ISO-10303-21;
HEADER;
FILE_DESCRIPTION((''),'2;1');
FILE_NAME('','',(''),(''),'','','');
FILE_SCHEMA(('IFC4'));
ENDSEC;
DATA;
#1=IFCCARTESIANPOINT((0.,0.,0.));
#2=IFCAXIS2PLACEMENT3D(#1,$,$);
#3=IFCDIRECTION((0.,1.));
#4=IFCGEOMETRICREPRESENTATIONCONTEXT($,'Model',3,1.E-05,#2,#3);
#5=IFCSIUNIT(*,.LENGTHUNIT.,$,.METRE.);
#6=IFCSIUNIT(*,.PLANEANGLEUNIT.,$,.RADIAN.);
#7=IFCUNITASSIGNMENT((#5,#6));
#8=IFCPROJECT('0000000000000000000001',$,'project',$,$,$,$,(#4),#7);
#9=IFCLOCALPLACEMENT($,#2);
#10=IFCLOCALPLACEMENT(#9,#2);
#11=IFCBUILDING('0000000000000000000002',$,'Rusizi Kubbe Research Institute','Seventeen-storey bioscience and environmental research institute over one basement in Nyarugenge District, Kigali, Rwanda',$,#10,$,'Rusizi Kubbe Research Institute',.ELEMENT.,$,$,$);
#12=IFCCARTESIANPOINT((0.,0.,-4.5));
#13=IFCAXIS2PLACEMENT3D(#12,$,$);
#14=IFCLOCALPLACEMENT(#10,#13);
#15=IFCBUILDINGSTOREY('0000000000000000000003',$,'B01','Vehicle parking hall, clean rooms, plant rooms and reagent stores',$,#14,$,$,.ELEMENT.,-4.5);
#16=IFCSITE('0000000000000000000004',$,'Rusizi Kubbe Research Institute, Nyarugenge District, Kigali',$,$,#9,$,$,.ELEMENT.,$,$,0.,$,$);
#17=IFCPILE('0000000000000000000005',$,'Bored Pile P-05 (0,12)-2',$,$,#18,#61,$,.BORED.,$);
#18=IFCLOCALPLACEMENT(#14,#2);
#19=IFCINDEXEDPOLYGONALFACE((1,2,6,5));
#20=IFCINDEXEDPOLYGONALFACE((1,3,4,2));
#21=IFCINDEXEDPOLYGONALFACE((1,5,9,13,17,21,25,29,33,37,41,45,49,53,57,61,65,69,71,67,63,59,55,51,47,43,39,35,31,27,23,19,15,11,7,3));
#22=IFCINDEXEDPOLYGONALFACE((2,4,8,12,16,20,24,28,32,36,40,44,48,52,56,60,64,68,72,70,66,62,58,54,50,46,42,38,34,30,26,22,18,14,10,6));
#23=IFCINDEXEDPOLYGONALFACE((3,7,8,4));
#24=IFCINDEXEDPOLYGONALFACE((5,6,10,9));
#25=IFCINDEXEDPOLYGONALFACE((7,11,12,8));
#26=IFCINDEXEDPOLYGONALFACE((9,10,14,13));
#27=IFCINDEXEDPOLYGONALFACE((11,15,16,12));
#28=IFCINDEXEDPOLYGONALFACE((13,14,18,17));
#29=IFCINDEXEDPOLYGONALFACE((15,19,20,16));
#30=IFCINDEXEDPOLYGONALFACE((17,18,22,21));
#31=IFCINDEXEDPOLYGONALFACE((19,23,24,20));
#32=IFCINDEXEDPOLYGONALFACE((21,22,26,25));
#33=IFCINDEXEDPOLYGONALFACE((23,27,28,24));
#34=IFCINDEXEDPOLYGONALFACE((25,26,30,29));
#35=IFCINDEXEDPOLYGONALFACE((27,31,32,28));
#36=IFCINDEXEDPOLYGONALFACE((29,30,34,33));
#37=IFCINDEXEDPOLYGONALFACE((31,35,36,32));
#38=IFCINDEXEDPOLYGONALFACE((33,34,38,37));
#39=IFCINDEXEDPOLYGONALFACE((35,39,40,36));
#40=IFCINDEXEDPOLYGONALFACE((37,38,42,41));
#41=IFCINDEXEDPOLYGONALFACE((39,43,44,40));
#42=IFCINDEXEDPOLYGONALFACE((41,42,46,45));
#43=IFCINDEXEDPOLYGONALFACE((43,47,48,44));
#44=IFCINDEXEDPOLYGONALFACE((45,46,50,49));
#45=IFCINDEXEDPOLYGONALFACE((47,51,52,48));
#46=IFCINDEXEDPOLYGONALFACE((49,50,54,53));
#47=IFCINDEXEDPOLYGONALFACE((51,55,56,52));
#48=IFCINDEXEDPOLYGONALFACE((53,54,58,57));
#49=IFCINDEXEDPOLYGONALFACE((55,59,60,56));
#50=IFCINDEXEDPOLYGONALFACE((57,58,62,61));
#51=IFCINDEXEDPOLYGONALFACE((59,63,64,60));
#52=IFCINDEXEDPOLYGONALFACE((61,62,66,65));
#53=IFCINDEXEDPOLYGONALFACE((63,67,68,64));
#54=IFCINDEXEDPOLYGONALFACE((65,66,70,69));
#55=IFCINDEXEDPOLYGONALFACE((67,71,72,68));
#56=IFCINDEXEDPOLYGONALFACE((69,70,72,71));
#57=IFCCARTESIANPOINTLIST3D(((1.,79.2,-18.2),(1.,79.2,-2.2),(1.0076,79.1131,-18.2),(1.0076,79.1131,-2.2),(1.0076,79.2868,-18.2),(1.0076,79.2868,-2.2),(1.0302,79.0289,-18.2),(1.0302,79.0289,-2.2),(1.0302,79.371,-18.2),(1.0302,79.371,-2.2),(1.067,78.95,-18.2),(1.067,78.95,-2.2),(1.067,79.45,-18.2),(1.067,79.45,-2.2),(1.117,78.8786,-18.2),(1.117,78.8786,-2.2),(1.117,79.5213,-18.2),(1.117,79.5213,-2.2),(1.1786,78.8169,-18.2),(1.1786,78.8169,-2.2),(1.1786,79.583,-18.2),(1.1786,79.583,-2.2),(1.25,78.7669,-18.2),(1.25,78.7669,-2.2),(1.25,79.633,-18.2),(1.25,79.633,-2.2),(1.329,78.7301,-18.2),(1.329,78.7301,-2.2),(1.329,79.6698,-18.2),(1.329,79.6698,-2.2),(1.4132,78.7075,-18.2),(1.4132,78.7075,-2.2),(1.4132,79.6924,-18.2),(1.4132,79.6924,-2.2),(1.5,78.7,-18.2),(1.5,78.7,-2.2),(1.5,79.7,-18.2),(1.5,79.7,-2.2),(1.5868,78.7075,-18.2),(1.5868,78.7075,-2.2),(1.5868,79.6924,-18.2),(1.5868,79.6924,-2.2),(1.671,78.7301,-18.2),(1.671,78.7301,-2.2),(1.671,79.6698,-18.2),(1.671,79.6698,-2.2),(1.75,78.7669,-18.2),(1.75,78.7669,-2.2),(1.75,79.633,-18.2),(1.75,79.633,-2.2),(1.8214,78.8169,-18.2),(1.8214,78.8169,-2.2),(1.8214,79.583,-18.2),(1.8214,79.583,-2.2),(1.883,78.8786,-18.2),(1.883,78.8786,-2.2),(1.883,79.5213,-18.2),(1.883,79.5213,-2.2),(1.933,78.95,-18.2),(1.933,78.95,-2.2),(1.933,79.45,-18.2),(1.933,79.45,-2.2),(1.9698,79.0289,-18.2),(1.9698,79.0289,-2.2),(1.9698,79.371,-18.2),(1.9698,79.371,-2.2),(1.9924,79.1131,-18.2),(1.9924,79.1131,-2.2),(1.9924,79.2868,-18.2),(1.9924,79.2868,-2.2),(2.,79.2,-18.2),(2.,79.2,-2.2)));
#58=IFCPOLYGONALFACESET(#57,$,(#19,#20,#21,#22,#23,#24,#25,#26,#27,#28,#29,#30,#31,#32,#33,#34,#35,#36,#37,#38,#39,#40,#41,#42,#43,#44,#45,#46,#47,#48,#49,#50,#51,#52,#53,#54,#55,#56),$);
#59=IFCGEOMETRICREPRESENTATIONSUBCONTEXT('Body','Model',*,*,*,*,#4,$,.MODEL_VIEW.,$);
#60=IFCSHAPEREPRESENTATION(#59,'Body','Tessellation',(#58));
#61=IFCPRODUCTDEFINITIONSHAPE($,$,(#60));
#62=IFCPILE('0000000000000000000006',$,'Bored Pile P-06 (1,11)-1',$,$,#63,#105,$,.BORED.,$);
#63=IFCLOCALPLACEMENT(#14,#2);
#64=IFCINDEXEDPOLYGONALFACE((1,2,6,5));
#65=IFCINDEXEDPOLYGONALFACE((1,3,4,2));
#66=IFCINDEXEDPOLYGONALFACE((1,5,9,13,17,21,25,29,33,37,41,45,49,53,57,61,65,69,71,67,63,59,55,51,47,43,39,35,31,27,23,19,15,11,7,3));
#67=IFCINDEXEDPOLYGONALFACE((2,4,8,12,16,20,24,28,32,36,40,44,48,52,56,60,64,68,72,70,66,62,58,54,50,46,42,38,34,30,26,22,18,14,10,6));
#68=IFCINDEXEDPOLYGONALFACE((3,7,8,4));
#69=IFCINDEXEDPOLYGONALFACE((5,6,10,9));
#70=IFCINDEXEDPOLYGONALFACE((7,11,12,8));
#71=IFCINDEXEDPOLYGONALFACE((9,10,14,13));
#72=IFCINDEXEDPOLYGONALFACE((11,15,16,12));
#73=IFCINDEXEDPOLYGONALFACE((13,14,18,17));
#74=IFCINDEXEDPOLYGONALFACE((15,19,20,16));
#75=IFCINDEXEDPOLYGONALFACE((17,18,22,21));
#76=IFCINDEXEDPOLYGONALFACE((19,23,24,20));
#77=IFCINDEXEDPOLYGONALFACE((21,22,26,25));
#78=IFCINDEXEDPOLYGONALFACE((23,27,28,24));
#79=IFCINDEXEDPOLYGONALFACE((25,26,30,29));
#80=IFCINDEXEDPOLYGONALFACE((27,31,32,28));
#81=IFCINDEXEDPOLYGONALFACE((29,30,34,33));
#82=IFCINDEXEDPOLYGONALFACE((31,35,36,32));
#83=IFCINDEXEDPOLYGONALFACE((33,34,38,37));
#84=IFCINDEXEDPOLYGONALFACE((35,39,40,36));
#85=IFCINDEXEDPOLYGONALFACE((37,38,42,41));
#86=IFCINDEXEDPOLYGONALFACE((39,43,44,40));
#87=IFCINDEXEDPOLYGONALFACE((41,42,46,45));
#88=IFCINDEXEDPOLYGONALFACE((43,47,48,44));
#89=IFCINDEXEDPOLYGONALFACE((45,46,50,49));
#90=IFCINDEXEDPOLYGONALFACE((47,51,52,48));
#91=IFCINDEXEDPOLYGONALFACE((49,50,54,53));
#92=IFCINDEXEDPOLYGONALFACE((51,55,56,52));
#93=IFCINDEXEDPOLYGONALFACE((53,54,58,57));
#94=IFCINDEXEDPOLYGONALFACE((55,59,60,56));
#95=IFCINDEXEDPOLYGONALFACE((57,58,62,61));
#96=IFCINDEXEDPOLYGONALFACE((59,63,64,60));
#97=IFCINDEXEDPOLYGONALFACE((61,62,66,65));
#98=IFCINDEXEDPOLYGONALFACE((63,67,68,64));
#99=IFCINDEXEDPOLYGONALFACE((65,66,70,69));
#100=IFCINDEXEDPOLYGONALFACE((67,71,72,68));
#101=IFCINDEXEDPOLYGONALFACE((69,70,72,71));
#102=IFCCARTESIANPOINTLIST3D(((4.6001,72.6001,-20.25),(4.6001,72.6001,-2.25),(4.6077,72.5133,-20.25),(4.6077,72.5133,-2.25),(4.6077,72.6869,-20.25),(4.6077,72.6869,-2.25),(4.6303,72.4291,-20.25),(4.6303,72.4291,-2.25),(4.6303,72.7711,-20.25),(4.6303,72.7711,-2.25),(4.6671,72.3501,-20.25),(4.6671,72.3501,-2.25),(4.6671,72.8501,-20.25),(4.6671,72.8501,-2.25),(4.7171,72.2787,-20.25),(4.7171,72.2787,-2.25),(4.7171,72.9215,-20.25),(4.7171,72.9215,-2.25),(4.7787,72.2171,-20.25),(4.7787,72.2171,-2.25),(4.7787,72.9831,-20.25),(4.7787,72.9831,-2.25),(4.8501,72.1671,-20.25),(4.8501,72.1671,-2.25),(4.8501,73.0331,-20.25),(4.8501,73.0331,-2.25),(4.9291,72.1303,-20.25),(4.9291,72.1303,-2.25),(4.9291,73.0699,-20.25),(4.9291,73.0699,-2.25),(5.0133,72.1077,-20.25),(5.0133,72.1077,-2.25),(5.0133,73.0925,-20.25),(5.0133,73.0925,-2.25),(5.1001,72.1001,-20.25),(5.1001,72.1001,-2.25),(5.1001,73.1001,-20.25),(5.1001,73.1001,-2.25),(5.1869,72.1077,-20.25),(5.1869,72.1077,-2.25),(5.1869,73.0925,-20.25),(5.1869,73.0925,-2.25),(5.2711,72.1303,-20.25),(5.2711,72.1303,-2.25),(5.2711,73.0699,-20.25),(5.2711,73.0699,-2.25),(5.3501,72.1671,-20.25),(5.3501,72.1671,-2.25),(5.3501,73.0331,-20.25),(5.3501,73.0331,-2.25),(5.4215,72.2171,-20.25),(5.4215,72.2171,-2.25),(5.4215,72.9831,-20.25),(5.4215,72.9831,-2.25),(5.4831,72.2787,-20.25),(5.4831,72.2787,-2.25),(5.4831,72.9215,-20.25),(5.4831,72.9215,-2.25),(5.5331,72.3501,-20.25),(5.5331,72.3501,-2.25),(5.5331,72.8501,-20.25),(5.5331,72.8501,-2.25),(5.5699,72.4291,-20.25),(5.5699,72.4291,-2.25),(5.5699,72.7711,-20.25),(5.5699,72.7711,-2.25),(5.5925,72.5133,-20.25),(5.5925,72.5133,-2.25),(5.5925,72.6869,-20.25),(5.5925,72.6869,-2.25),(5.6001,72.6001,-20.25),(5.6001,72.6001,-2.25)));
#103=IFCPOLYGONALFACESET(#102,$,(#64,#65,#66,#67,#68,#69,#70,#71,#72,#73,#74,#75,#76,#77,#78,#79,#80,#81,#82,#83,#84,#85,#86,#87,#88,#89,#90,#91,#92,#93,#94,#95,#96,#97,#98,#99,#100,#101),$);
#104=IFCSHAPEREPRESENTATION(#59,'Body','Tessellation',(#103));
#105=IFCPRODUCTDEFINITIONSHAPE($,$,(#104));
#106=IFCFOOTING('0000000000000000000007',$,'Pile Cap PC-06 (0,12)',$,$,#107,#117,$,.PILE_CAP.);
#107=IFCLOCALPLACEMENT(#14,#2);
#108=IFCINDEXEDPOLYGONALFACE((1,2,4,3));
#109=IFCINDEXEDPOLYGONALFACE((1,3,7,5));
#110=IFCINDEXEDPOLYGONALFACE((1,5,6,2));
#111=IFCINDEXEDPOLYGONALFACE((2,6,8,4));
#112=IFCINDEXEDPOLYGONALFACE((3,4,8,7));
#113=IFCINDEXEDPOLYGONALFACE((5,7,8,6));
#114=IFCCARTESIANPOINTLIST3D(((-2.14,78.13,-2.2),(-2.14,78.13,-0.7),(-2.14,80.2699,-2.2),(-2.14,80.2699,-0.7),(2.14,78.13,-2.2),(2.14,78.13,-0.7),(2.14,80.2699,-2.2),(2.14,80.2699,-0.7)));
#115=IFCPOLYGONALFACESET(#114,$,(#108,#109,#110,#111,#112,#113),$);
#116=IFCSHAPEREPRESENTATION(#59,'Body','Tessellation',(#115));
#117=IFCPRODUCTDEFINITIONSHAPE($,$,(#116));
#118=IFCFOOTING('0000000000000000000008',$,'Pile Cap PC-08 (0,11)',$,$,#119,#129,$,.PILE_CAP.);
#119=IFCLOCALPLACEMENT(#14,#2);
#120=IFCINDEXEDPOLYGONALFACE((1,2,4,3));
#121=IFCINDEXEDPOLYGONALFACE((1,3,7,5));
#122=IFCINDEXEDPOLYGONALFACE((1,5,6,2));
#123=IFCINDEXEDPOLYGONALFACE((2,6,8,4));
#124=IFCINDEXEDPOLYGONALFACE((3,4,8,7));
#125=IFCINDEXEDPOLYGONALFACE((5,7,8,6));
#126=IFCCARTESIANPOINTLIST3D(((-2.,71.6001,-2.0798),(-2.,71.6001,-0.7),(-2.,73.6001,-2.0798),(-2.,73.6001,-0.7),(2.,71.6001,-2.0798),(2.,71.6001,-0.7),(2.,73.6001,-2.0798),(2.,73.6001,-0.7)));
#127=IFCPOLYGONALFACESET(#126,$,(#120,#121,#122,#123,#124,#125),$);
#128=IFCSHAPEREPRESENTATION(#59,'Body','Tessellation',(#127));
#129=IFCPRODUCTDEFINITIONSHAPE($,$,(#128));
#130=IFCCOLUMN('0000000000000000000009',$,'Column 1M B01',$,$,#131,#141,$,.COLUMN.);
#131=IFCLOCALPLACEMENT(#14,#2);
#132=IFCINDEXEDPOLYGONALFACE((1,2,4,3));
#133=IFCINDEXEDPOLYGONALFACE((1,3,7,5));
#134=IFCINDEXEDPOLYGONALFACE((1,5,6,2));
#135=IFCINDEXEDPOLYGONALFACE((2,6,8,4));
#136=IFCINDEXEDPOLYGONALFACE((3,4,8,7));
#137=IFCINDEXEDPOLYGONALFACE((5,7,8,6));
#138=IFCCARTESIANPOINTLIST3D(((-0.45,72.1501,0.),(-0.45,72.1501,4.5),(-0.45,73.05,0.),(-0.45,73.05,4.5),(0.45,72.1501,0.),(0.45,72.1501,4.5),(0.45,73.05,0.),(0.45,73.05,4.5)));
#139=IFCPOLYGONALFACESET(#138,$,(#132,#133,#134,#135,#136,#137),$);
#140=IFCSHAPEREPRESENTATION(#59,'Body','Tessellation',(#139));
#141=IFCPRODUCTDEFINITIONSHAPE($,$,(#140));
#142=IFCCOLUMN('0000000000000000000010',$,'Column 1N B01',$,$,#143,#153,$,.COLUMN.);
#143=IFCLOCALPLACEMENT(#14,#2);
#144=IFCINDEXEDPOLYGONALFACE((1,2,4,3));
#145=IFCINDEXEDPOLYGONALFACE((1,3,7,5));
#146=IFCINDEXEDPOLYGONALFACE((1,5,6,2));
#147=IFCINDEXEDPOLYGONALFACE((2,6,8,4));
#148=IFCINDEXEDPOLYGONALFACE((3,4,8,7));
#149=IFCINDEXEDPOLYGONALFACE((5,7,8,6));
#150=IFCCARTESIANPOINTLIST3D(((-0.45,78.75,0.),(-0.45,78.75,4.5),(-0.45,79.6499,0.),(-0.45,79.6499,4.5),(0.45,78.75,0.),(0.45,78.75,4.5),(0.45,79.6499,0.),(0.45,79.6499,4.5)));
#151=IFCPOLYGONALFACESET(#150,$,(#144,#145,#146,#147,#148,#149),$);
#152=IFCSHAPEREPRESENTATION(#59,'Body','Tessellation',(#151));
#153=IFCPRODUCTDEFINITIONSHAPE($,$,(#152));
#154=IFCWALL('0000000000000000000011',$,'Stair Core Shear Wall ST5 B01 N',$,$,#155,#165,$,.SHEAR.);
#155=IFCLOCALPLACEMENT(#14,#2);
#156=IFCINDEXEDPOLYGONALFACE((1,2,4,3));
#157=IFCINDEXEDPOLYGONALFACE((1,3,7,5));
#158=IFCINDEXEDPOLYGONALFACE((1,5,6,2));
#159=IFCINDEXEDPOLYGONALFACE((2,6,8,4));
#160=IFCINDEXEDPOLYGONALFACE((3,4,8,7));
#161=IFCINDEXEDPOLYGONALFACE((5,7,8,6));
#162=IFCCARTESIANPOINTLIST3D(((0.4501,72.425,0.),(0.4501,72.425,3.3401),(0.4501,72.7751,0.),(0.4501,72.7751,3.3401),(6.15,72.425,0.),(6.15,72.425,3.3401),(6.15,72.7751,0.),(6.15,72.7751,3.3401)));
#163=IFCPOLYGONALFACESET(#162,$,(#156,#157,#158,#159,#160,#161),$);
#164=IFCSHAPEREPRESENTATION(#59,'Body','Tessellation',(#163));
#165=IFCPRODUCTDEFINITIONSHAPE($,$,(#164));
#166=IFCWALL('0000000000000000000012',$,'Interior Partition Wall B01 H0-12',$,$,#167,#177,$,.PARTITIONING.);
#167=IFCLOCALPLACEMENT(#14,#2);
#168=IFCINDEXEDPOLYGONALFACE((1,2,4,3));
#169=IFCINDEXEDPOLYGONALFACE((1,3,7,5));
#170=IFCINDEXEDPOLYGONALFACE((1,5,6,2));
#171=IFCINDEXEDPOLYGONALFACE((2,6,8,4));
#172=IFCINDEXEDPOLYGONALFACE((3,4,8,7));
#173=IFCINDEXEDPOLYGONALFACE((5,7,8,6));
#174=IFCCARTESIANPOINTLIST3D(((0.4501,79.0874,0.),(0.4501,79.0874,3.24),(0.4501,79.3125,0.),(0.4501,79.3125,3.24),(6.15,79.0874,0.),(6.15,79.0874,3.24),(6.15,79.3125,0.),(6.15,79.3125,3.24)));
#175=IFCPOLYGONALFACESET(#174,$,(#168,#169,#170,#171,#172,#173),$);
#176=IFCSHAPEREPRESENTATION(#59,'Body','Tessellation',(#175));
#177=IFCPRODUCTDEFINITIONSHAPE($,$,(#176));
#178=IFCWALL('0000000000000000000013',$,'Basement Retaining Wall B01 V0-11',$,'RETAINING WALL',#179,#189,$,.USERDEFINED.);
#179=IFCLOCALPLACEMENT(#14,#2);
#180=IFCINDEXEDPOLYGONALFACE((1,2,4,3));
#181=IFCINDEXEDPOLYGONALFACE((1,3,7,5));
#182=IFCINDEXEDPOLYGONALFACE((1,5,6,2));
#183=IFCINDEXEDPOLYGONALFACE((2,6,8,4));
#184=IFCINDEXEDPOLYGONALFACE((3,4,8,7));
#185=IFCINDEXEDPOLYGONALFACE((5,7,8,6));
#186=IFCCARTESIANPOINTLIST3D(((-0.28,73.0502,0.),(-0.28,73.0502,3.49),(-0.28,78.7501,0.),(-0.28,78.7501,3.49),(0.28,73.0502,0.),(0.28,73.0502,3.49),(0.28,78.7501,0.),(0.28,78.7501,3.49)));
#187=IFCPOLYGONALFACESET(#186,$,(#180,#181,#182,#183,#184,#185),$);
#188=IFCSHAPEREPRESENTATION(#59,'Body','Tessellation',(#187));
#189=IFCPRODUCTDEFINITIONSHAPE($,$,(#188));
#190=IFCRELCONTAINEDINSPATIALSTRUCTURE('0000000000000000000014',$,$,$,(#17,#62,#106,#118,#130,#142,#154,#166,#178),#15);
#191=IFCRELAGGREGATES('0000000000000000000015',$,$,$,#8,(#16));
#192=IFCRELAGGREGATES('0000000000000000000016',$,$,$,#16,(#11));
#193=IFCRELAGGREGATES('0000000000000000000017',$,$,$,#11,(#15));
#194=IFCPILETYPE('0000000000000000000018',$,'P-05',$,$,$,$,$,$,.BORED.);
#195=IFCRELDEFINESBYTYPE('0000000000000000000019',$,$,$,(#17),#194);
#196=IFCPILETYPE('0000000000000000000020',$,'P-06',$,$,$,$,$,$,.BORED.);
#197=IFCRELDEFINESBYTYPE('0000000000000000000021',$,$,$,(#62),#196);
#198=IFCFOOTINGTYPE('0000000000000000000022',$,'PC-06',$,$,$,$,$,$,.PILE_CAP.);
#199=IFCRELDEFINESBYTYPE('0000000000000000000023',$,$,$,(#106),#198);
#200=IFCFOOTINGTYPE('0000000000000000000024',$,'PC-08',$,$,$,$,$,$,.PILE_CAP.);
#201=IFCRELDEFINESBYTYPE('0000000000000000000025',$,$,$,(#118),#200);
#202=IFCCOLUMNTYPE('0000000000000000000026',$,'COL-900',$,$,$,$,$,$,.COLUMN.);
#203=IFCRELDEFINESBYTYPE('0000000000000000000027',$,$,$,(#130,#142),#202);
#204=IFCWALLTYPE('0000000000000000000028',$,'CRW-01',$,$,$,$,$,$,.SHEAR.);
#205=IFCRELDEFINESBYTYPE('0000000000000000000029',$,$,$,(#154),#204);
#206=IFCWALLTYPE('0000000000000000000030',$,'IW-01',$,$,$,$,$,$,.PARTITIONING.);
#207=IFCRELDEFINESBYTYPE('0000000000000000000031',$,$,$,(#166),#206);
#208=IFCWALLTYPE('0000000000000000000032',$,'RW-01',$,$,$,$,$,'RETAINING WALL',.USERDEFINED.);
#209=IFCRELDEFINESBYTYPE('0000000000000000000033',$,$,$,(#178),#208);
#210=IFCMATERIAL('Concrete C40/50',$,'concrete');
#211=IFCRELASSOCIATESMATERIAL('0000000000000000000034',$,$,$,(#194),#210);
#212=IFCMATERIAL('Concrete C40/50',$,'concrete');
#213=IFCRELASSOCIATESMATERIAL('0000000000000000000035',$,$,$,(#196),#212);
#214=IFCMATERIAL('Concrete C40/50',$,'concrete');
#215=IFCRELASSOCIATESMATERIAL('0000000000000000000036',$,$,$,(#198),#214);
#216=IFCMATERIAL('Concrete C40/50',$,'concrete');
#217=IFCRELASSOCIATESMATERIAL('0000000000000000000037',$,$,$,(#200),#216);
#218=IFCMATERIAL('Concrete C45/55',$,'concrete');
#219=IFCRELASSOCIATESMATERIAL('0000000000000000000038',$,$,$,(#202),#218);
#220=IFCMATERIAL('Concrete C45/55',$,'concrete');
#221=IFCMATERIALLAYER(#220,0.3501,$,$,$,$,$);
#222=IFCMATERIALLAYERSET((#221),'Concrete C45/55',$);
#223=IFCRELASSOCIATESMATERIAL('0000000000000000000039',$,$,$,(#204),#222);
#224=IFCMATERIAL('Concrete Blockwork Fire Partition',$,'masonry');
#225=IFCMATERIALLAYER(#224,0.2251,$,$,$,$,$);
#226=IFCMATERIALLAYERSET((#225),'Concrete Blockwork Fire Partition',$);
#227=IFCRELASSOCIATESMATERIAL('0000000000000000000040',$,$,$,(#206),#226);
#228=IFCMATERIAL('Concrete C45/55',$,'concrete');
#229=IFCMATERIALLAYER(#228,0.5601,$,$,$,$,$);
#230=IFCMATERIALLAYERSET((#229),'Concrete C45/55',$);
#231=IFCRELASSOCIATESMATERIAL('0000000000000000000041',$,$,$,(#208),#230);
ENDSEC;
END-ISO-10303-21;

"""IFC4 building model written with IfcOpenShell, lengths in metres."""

from ifc_helpers import new_model, si_unit, direction, frame, frame_2d, origin, origin_2d, place, context, subcontext, project, spatial, rectangle, circle, extrude, material, layer, layer_set, material_profile, profile_set, type_object, element, save


model = new_model("IFC4")

# Units and contexts
model_context = context("Model", 3, precision=1e-05, world=origin(), true_north=direction((0.0, 1.0)))
body_context = subcontext(model_context, "Body", "Model", "MODEL_VIEW")
ifc_project = project(units=[si_unit("LENGTHUNIT", "METRE"), si_unit("PLANEANGLEUNIT", "RADIAN")], contexts=[model_context])

# Site, building, storey
site_placement = place(None, origin())
site = spatial("IfcSite", under=ifc_project, at=site_placement, Name="Rusizi Kubbe Research Institute, Nyarugenge District, Kigali", CompositionType="ELEMENT", RefElevation=0.0)
building_placement = place(site_placement, origin())
building = spatial("IfcBuilding", under=site, at=building_placement, Name="Rusizi Kubbe Research Institute", Description="Seventeen-storey bioscience and environmental research institute over one basement in Nyarugenge District, Kigali, Rwanda", LongName="Rusizi Kubbe Research Institute", CompositionType="ELEMENT")
storey_placement = place(building_placement, frame((0.0, 0.0, -4.5)))
storey = spatial("IfcBuildingStorey", under=building, at=storey_placement, Name="B01", Description="Vehicle parking hall, clean rooms, plant rooms and reagent stores", CompositionType="ELEMENT", Elevation=-4.5)

# Piles
ifc_material_1 = material(Name="Concrete C40/50", Category="concrete")
ifc_material_profile_1 = material_profile(ifc_material_1, circle(Radius=0.5, at=origin_2d()), Name="PILE-D1000")
ifc_profile_set_1 = profile_set([ifc_material_profile_1], Name="Concrete C40/50")
pile_type_1 = type_object("IfcPileType", Name="P-05", PredefinedType="BORED", material=ifc_profile_set_1)
for number, where, z_axis, x_axis, name in (
    (1, (1.5, 79.2, -2.2), (0.0, 0.0, -1.0), (1.0, 0.0, 0.0), "Bored Pile P-05 (0,12)-2"),
):
    element("IfcPile", number, at=place(storey_placement, frame(where, z_axis=z_axis, x_axis=x_axis)), inside=storey, type_object=pile_type_1, Name=name, PredefinedType="BORED", context=body_context, shape_type="SweptSolid", body=[
        extrude(circle(Radius=0.5, at=origin_2d()), origin(), (0.0, 0.0, 1.0), 16.0),
    ])
ifc_material_2 = material(Name="Concrete C40/50", Category="concrete")
ifc_material_profile_2 = material_profile(ifc_material_2, circle(Radius=0.5, at=origin_2d()), Name="PILE-D1000")
ifc_profile_set_2 = profile_set([ifc_material_profile_2], Name="Concrete C40/50")
pile_type_2 = type_object("IfcPileType", Name="P-06", PredefinedType="BORED", material=ifc_profile_set_2)
pile_placement = place(storey_placement, frame((5.1001, 72.6001, -2.25), z_axis=(0.0, 0.0, -1.0), x_axis=(1.0, 0.0, 0.0)))
element("IfcPile", 2, at=pile_placement, inside=storey, type_object=pile_type_2, Name="Bored Pile P-06 (1,11)-1", PredefinedType="BORED", context=body_context, shape_type="SweptSolid", body=[
    extrude(circle(Radius=0.5, at=origin_2d()), origin(), (0.0, 0.0, 1.0), 18.0),
])

# Footings
ifc_material_3 = material(Name="Concrete C40/50", Category="concrete")
footing_type_1 = type_object("IfcFootingType", Name="PC-06", PredefinedType="PILE_CAP", material=ifc_material_3)
footing_1_placement = place(storey_placement, frame((0.0, 79.2, -2.2), z_axis=(0.0, 0.0, 1.0), x_axis=(1.0, 0.0, 0.0)))
element("IfcFooting", 3, at=footing_1_placement, inside=storey, type_object=footing_type_1, Name="Pile Cap PC-06 (0,12)", PredefinedType="PILE_CAP", context=body_context, shape_type="SweptSolid", body=[
    extrude(rectangle(XDim=4.28, YDim=2.1399, at=origin_2d()), origin(), (0.0, 0.0, 1.0), 1.5),
])
ifc_material_4 = material(Name="Concrete C40/50", Category="concrete")
footing_type_2 = type_object("IfcFootingType", Name="PC-08", PredefinedType="PILE_CAP", material=ifc_material_4)
footing_2_placement = place(storey_placement, frame((0.0, 72.6001, -2.0798), z_axis=(0.0, 0.0, 1.0), x_axis=(1.0, 0.0, 0.0)))
element("IfcFooting", 4, at=footing_2_placement, inside=storey, type_object=footing_type_2, Name="Pile Cap PC-08 (0,11)", PredefinedType="PILE_CAP", context=body_context, shape_type="SweptSolid", body=[
    extrude(rectangle(XDim=4.0, YDim=2.0, at=origin_2d()), origin(), (0.0, 0.0, 1.0), 1.3799),
])

# Columns
ifc_material_5 = material(Name="Concrete C45/55", Category="concrete")
ifc_material_profile_3 = material_profile(ifc_material_5, rectangle(XDim=0.8999, YDim=0.8999, at=origin_2d()), Name="RC900x900")
ifc_profile_set_3 = profile_set([ifc_material_profile_3], Name="Concrete C45/55")
column_type = type_object("IfcColumnType", Name="COL-900", PredefinedType="COLUMN", material=ifc_profile_set_3)
for number, where, z_axis, x_axis, name in (
    (5, (0.0, 72.6001, 0.0), (0.0, 0.0, 1.0), (1.0, 0.0, 0.0), "Column 1M B01"),
    (6, (0.0, 79.2, 0.0), (0.0, 0.0, 1.0), (1.0, 0.0, 0.0), "Column 1N B01"),
):
    element("IfcColumn", number, at=place(storey_placement, frame(where, z_axis=z_axis, x_axis=x_axis)), inside=storey, type_object=column_type, Name=name, PredefinedType="COLUMN", context=body_context, shape_type="SweptSolid", body=[
        extrude(rectangle(XDim=0.8999, YDim=0.8999, at=origin_2d()), origin(), (0.0, 0.0, 1.0), 4.5),
    ])

# Walls
ifc_material_6 = material(Name="Concrete C45/55", Category="concrete")
ifc_layer_1 = layer(ifc_material_6, 0.3501)
ifc_layer_set_1 = layer_set([ifc_layer_1], Name="Concrete C45/55")
wall_type_1 = type_object("IfcWallType", Name="CRW-01", PredefinedType="SHEAR", material=ifc_layer_set_1)
wall_1_placement = place(storey_placement, frame((0.45, 72.6001, 0.0), z_axis=(0.0, 0.0, 1.0), x_axis=(1.0, 0.0, 0.0)))
element("IfcWall", 7, at=wall_1_placement, inside=storey, type_object=wall_type_1, Name="Stair Core Shear Wall ST5 B01 N", PredefinedType="SHEAR", context=body_context, shape_type="SweptSolid", body=[
    extrude(rectangle(XDim=5.7, YDim=0.3501, at=frame_2d((2.8501, 0.0))), origin(), (0.0, 0.0, 1.0), 3.3401),
])
ifc_material_7 = material(Name="Concrete Blockwork Fire Partition", Category="masonry")
ifc_layer_2 = layer(ifc_material_7, 0.2251)
ifc_layer_set_2 = layer_set([ifc_layer_2], Name="Concrete Blockwork Fire Partition")
wall_type_2 = type_object("IfcWallType", Name="IW-01", PredefinedType="PARTITIONING", material=ifc_layer_set_2)
wall_2_placement = place(storey_placement, frame((0.45, 79.2, 0.0), z_axis=(0.0, 0.0, 1.0), x_axis=(1.0, 0.0, 0.0)))
element("IfcWall", 8, at=wall_2_placement, inside=storey, type_object=wall_type_2, Name="Interior Partition Wall B01 H0-12", PredefinedType="PARTITIONING", context=body_context, shape_type="SweptSolid", body=[
    extrude(rectangle(XDim=5.7, YDim=0.2251, at=frame_2d((2.8501, 0.0))), origin(), (0.0, 0.0, 1.0), 3.24),
])
ifc_material_8 = material(Name="Concrete C45/55", Category="concrete")
ifc_layer_3 = layer(ifc_material_8, 0.5601)
ifc_layer_set_3 = layer_set([ifc_layer_3], Name="Concrete C45/55")
wall_type_3 = type_object("IfcWallType", Name="RW-01", ElementType="RETAINING WALL", PredefinedType="USERDEFINED", material=ifc_layer_set_3)
wall_3_placement = place(storey_placement, frame((0.0, 73.05, 0.0), z_axis=(0.0, 0.0, 1.0), x_axis=(0.0, 1.0, 0.0)))
element("IfcWall", 9, at=wall_3_placement, inside=storey, type_object=wall_type_3, Name="Basement Retaining Wall B01 V0-11", ObjectType="RETAINING WALL", PredefinedType="USERDEFINED", context=body_context, shape_type="SweptSolid", body=[
    extrude(rectangle(XDim=5.7, YDim=0.5601, at=frame_2d((2.8501, 0.0))), origin(), (0.0, 0.0, 1.0), 3.49),
])

save(model, "model.ifc")
